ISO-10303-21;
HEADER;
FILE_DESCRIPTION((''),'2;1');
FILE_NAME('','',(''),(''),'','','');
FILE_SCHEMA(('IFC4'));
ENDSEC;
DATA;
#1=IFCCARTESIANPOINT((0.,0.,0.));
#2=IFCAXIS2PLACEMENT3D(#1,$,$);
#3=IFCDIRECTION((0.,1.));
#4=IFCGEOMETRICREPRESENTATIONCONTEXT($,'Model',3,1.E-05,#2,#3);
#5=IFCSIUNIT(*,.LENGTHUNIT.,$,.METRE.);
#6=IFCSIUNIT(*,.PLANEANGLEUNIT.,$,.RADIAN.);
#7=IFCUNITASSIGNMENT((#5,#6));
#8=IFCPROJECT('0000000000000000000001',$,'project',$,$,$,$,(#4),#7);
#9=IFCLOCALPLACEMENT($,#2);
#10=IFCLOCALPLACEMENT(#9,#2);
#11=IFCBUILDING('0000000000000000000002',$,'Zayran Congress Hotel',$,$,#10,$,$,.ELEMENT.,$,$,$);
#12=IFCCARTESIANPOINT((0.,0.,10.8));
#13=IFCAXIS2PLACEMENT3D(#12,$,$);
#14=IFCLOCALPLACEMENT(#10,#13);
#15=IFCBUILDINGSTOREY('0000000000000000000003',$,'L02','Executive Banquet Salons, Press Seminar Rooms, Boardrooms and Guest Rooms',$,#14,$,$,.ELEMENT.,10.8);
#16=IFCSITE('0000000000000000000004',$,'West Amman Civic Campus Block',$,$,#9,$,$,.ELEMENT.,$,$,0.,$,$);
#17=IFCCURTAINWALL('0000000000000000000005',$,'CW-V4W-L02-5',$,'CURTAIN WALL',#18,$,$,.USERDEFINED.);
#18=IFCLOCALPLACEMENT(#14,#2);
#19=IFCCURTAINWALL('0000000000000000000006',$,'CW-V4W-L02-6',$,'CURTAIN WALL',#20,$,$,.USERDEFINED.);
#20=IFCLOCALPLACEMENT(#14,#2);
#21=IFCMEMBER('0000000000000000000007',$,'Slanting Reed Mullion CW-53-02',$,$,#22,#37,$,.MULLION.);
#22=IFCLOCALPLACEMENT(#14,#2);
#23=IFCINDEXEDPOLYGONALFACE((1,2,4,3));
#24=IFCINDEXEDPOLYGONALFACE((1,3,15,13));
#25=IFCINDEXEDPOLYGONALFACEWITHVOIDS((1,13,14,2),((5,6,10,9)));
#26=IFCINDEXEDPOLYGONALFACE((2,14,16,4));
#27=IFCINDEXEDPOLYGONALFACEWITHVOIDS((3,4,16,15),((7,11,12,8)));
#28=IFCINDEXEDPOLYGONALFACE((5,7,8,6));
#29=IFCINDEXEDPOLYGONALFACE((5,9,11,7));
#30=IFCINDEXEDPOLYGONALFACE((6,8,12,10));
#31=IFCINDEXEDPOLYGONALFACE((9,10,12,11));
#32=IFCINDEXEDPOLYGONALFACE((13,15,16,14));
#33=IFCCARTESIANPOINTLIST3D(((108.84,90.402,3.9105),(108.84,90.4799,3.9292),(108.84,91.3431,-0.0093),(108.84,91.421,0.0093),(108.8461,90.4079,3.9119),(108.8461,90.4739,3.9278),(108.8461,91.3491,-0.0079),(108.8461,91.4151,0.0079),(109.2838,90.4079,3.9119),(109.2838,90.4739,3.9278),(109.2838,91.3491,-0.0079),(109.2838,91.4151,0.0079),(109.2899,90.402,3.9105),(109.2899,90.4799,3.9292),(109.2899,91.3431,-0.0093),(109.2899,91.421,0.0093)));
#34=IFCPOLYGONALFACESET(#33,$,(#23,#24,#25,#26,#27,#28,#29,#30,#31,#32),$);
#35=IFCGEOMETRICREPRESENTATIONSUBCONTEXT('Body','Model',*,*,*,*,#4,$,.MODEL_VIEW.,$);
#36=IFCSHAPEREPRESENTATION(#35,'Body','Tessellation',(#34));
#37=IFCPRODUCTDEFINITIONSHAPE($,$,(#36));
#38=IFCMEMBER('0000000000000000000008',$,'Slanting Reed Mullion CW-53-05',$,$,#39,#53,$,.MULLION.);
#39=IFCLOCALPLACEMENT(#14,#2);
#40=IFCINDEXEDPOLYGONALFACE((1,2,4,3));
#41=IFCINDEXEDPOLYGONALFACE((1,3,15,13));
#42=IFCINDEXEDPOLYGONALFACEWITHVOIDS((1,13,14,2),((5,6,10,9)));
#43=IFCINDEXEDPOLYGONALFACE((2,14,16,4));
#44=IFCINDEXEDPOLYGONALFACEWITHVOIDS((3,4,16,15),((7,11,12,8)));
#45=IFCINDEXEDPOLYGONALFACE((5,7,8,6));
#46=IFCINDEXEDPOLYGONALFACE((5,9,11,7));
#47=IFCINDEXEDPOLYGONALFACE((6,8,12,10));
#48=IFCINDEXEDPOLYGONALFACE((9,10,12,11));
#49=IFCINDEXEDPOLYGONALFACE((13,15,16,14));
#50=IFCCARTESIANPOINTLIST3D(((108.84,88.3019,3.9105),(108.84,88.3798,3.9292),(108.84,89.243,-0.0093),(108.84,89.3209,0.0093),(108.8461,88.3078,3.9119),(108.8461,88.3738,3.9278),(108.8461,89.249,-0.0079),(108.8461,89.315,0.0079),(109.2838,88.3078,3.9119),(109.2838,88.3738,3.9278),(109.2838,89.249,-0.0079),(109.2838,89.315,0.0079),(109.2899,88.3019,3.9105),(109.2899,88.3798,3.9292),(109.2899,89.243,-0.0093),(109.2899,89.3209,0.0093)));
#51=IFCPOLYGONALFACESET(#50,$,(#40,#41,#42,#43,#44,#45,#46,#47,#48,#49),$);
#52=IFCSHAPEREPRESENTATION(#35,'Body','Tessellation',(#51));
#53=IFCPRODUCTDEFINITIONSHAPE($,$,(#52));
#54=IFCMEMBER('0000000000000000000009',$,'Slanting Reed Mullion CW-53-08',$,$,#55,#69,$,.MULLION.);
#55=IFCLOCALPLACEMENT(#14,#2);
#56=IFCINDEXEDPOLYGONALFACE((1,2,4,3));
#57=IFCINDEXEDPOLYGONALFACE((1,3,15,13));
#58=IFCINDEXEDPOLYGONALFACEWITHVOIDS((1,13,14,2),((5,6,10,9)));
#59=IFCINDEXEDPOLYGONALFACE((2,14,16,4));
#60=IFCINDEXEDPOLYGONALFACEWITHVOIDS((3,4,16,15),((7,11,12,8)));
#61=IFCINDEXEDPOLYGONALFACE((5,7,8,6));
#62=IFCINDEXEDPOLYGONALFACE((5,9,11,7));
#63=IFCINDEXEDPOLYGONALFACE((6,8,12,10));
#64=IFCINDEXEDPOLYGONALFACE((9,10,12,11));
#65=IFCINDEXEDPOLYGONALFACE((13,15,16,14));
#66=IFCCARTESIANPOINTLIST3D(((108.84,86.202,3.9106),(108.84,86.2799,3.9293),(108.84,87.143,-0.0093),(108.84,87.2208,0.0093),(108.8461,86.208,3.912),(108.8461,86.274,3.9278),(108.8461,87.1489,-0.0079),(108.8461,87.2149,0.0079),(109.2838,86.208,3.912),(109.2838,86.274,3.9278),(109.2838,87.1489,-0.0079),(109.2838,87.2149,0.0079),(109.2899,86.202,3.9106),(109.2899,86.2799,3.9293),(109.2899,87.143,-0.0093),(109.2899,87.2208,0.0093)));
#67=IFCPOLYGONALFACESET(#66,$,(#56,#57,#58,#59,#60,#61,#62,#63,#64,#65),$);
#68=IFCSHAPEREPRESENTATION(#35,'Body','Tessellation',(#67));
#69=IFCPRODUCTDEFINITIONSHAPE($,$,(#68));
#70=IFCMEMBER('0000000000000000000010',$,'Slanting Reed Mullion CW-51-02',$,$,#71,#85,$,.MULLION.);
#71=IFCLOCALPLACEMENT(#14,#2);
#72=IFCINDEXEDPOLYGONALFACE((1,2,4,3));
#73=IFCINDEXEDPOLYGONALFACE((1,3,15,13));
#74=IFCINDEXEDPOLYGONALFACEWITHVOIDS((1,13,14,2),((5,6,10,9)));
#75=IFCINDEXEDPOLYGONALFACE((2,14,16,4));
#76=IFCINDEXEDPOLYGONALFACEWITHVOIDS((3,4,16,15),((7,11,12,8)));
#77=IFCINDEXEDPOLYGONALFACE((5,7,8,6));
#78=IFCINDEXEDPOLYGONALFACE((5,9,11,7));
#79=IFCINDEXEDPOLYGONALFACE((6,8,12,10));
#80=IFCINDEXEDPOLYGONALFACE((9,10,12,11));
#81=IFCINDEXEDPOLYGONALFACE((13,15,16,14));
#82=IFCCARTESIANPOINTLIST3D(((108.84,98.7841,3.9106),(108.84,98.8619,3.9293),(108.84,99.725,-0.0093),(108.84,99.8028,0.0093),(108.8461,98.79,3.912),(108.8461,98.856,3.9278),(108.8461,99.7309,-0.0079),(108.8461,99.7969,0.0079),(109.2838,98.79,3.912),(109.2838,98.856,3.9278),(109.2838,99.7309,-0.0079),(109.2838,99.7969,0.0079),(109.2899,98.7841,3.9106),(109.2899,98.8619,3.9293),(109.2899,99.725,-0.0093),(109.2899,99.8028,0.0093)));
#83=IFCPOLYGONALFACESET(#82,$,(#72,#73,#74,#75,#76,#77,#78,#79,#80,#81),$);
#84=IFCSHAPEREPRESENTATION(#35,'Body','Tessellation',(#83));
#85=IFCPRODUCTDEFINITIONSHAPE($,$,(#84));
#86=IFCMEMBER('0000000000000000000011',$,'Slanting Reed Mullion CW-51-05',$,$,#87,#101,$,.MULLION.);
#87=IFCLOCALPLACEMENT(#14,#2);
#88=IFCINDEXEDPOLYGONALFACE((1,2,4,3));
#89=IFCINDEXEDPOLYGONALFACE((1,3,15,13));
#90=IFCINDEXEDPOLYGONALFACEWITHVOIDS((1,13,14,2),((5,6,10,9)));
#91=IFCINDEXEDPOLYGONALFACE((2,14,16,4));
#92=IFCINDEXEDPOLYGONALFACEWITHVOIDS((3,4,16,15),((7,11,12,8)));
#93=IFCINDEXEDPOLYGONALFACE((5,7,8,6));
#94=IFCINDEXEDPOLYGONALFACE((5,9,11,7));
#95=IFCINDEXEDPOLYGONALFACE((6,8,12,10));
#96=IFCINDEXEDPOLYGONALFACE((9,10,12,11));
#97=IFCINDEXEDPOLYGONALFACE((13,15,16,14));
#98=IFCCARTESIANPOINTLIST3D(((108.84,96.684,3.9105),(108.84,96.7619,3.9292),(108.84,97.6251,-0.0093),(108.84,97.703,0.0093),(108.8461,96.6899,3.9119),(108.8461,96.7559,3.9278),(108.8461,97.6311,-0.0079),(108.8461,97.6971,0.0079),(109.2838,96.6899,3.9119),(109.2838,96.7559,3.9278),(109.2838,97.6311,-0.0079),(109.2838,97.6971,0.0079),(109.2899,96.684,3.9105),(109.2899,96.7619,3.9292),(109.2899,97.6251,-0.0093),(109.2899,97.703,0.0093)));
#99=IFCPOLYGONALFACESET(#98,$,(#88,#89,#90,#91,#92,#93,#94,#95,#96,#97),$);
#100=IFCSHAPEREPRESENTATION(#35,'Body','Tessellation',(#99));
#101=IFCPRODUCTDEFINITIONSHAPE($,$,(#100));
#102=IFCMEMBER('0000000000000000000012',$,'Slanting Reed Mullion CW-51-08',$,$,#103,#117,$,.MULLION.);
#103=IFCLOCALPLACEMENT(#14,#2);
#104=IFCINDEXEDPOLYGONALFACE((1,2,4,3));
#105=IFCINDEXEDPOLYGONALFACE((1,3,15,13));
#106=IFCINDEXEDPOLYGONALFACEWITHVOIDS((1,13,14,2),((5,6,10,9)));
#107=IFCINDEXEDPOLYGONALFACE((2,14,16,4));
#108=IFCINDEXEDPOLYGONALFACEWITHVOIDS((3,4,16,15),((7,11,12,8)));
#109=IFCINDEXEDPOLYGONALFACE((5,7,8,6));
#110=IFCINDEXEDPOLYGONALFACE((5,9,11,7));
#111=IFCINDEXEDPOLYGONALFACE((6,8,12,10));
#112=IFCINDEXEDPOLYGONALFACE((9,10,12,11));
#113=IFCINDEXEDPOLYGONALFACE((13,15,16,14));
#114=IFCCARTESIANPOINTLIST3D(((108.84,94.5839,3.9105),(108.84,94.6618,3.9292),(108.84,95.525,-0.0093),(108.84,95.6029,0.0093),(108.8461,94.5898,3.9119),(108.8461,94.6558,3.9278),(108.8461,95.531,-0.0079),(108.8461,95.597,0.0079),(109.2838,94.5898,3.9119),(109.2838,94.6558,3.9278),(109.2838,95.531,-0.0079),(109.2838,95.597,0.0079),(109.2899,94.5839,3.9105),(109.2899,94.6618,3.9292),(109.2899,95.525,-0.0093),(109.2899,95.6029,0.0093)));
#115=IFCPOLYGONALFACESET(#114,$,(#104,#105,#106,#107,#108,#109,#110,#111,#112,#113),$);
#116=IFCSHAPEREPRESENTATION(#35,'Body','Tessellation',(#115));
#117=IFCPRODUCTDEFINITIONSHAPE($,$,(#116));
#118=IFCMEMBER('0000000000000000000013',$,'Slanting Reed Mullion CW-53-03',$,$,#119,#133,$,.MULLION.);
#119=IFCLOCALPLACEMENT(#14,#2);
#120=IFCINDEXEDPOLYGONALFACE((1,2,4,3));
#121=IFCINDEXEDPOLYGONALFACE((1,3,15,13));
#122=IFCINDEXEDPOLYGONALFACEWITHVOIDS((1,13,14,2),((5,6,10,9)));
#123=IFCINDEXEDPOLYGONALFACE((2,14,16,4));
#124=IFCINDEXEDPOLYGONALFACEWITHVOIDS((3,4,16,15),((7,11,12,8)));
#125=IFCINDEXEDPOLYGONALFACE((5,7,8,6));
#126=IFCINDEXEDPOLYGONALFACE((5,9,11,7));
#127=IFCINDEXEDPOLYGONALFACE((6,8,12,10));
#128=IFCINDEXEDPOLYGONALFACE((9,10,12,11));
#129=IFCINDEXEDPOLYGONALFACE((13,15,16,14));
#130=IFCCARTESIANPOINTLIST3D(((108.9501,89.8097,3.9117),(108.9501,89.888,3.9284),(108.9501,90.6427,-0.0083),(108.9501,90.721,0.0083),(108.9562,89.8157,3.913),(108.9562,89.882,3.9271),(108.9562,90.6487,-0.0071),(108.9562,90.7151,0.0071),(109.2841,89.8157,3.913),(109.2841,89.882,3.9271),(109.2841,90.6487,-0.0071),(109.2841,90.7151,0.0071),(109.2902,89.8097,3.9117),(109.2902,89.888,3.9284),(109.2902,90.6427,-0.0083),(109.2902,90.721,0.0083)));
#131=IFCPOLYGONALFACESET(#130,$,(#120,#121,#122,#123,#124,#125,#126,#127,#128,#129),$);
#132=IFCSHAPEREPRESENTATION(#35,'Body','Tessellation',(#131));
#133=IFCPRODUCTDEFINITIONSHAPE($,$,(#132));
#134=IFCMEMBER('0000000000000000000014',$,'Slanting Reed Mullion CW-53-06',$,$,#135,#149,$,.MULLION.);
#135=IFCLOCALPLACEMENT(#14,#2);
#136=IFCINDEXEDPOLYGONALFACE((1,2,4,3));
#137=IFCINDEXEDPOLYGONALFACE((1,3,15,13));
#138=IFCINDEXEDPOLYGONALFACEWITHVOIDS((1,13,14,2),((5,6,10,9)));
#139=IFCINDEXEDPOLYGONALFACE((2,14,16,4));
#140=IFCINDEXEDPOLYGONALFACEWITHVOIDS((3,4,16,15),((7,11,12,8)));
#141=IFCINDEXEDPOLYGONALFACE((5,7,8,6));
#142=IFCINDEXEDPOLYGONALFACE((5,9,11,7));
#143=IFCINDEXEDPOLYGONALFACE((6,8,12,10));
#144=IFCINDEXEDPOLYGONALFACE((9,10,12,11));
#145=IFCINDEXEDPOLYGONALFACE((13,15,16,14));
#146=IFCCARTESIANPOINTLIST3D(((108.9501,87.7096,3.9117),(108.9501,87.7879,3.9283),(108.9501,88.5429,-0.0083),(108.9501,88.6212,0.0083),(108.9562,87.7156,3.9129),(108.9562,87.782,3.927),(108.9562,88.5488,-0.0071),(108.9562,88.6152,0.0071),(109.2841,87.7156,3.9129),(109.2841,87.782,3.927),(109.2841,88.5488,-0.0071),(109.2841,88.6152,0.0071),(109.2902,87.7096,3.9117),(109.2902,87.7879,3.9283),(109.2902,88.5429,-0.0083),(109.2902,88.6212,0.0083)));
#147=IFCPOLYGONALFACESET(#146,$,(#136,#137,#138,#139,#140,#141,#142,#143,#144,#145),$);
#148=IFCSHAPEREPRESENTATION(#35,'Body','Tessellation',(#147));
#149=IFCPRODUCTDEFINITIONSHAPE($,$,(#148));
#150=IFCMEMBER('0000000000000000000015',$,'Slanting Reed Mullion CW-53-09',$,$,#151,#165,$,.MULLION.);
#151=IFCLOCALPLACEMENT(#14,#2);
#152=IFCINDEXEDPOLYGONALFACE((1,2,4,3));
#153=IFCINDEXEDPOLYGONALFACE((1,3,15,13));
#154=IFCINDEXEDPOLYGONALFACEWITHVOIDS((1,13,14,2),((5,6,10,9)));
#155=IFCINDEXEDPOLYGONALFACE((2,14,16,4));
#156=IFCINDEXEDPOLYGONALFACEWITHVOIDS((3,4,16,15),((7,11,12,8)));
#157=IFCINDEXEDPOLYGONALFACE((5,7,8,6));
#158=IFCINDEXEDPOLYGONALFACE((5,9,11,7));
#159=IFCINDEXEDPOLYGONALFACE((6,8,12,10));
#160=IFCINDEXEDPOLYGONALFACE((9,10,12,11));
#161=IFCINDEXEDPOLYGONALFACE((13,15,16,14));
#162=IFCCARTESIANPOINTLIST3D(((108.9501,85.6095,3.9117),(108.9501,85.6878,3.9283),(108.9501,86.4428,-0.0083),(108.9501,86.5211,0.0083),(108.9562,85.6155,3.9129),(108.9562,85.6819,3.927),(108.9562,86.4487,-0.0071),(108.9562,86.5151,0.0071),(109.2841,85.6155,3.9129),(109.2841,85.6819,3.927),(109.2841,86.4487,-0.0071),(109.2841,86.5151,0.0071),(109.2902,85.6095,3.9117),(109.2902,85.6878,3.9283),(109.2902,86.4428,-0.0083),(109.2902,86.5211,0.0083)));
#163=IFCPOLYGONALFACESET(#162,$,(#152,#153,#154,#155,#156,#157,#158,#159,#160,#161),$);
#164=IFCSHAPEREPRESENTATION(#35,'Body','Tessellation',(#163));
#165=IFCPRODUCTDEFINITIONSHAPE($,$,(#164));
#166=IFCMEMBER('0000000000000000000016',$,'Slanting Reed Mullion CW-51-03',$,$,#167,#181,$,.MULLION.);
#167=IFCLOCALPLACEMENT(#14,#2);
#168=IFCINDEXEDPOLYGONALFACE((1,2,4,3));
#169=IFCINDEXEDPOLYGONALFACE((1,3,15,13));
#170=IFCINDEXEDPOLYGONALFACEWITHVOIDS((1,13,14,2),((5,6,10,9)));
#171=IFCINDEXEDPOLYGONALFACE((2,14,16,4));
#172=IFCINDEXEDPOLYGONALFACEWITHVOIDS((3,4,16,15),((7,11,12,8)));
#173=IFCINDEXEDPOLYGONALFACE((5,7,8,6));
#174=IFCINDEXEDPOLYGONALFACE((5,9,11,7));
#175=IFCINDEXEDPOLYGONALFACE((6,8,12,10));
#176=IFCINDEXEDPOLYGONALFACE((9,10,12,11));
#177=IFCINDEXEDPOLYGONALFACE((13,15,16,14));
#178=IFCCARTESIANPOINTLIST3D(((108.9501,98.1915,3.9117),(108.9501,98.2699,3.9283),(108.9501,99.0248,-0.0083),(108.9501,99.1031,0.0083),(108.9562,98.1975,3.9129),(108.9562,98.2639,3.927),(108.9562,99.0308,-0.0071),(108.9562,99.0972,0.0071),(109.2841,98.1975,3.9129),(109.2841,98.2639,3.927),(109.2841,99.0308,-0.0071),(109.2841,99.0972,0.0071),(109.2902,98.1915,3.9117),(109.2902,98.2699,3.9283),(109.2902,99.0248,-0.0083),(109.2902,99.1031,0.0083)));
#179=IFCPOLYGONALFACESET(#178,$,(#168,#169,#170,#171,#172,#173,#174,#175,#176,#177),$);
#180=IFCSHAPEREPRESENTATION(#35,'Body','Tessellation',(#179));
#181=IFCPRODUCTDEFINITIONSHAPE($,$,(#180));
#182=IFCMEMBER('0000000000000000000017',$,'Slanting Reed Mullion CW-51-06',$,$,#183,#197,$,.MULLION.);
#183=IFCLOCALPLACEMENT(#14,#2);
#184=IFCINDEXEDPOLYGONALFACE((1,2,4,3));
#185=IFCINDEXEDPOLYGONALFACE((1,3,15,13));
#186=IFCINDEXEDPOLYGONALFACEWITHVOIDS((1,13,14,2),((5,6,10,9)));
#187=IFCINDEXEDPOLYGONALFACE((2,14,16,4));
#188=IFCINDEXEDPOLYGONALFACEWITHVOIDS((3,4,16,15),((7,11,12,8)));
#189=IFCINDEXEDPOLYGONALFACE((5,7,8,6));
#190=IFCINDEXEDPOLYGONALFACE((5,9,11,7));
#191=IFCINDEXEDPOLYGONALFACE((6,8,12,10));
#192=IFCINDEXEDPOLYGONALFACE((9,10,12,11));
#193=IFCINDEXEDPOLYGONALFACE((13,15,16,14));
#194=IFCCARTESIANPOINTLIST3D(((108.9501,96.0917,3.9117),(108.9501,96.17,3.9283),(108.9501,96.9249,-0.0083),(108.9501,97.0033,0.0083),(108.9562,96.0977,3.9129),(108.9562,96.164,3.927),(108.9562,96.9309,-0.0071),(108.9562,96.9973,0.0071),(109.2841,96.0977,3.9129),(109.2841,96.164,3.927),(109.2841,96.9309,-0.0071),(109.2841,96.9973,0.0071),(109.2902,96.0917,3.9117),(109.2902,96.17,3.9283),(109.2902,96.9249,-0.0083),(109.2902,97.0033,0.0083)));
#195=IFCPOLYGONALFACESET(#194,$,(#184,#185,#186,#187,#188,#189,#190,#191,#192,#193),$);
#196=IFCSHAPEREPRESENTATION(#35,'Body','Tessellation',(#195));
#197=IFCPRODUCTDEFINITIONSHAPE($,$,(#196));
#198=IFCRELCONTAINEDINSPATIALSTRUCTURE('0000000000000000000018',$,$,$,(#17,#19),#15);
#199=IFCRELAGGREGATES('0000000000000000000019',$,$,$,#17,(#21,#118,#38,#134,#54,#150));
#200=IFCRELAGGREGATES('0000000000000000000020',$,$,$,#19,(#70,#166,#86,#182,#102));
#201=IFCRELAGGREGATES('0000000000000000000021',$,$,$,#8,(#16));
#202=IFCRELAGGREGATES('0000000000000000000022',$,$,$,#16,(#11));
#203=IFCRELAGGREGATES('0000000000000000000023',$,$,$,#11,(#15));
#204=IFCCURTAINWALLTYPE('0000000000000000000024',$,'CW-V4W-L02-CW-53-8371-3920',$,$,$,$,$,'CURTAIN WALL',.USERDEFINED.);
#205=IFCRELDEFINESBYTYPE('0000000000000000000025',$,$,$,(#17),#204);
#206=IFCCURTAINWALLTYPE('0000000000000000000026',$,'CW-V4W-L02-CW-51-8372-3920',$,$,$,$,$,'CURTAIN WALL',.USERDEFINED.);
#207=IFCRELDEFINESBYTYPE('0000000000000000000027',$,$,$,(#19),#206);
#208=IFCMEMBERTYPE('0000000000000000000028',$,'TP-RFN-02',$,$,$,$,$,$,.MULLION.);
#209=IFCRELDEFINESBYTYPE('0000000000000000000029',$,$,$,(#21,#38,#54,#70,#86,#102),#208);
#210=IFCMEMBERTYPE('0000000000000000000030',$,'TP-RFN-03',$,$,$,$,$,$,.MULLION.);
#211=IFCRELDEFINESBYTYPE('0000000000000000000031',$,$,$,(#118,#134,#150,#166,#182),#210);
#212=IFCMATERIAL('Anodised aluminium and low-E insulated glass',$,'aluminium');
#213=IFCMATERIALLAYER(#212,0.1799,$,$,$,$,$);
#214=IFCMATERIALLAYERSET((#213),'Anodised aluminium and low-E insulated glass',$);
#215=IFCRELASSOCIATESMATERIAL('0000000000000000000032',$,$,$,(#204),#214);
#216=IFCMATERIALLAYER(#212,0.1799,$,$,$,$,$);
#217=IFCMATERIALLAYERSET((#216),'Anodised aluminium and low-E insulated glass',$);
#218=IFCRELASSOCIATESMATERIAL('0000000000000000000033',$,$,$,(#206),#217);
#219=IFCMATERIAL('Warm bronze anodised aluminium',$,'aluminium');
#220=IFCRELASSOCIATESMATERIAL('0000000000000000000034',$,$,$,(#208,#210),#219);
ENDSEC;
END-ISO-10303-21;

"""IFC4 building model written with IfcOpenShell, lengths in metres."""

from ifc_helpers import new_model, si_unit, direction, frame, origin, origin_2d, place, context, subcontext, project, spatial, hollow_rectangle, extrude, material, layer, layer_set, material_profile, profile_set, type_object, element, aggregate, save


model = new_model("IFC4")

# Units and contexts
model_context = context("Model", 3, precision=1e-05, world=origin(), true_north=direction((0.0, 1.0)))
body_context = subcontext(model_context, "Body", "Model", "MODEL_VIEW")
ifc_project = project(units=[si_unit("LENGTHUNIT", "METRE"), si_unit("PLANEANGLEUNIT", "RADIAN")], contexts=[model_context])

# Site, building, storey
site_placement = place(None, origin())
site = spatial("IfcSite", under=ifc_project, at=site_placement, Name="West Amman Civic Campus Block", CompositionType="ELEMENT", RefElevation=0.0)
building_placement = place(site_placement, origin())
building = spatial("IfcBuilding", under=site, at=building_placement, Name="Zayran Congress Hotel", CompositionType="ELEMENT")
storey_placement = place(building_placement, frame((0.0, 0.0, 10.8)))
storey = spatial("IfcBuildingStorey", under=building, at=storey_placement, Name="L02", Description="Executive Banquet Salons, Press Seminar Rooms, Boardrooms and Guest Rooms", CompositionType="ELEMENT", Elevation=10.8)

# Curtain walls
ifc_material_1 = material(Name="Anodised aluminium and low-E insulated glass", Category="aluminium")
ifc_layer_1 = layer(ifc_material_1, 0.1799)
ifc_layer_set_1 = layer_set([ifc_layer_1], Name="Anodised aluminium and low-E insulated glass")
curtain_wall_type_1 = type_object("IfcCurtainWallType", Name="CW-V4W-L02-CW-53-8371-3920", ElementType="CURTAIN WALL", PredefinedType="USERDEFINED", material=ifc_layer_set_1)
curtain_wall_1_placement = place(storey_placement, origin())
curtain_wall_1 = element("IfcCurtainWall", 1, at=curtain_wall_1_placement, inside=storey, type_object=curtain_wall_type_1, Name="CW-V4W-L02-5", ObjectType="CURTAIN WALL", PredefinedType="USERDEFINED")
ifc_material_2 = material(Name="Warm bronze anodised aluminium", Category="aluminium")
ifc_layer_2 = layer(ifc_material_1, 0.1799)
ifc_layer_set_2 = layer_set([ifc_layer_2], Name="Anodised aluminium and low-E insulated glass")
curtain_wall_type_2 = type_object("IfcCurtainWallType", Name="CW-V4W-L02-CW-51-8372-3920", ElementType="CURTAIN WALL", PredefinedType="USERDEFINED", material=ifc_layer_set_2)
curtain_wall_2_placement = place(storey_placement, origin())
curtain_wall_2 = element("IfcCurtainWall", 2, at=curtain_wall_2_placement, inside=storey, type_object=curtain_wall_type_2, Name="CW-V4W-L02-6", ObjectType="CURTAIN WALL", PredefinedType="USERDEFINED")

# Members
ifc_material_profile_1 = material_profile(ifc_material_2, hollow_rectangle(XDim=0.0801, YDim=0.45, WallThickness=0.0061, at=origin_2d()), Name="RHS 450x80x6")
ifc_profile_set_1 = profile_set([ifc_material_profile_1], Name="Warm bronze anodised aluminium")
member_type_1 = type_object("IfcMemberType", Name="TP-RFN-02", PredefinedType="MULLION", material=ifc_profile_set_1)
member_1_placement = place(storey_placement, frame((109.0649, 91.3821, 0.0), z_axis=(0.0, -0.233462, 0.972366), x_axis=(0.0, 0.972366, 0.233462)))
member_1 = element("IfcMember", 3, at=member_1_placement, type_object=member_type_1, Name="Slanting Reed Mullion CW-53-02", PredefinedType="MULLION", context=body_context, shape_type="SweptSolid", body=[
    extrude(hollow_rectangle(XDim=0.0801, YDim=0.45, WallThickness=0.0061, at=origin_2d()), origin(), (0.0, 0.0, 1.0), 4.0312),
])
member_2_placement = place(storey_placement, frame((109.0649, 89.282, 0.0), z_axis=(0.0, -0.233462, 0.972366), x_axis=(0.0, 0.972366, 0.233462)))
member_2 = element("IfcMember", 4, at=member_2_placement, type_object=member_type_1, Name="Slanting Reed Mullion CW-53-05", PredefinedType="MULLION", context=body_context, shape_type="SweptSolid", body=[
    extrude(hollow_rectangle(XDim=0.0801, YDim=0.45, WallThickness=0.0061, at=origin_2d()), origin(), (0.0, 0.0, 1.0), 4.0312),
])
member_3_placement = place(storey_placement, frame((109.0649, 87.1819, 0.0), z_axis=(0.0, -0.233405, 0.97238), x_axis=(0.0, 0.97238, 0.233405)))
member_3 = element("IfcMember", 5, at=member_3_placement, type_object=member_type_1, Name="Slanting Reed Mullion CW-53-08", PredefinedType="MULLION", context=body_context, shape_type="SweptSolid", body=[
    extrude(hollow_rectangle(XDim=0.0801, YDim=0.45, WallThickness=0.0061, at=origin_2d()), origin(), (0.0, 0.0, 1.0), 4.0312),
])
member_4_placement = place(storey_placement, frame((109.0649, 99.7639, 0.0), z_axis=(0.0, -0.233405, 0.97238), x_axis=(0.0, 0.97238, 0.233405)))
member_4 = element("IfcMember", 6, at=member_4_placement, type_object=member_type_1, Name="Slanting Reed Mullion CW-51-02", PredefinedType="MULLION", context=body_context, shape_type="SweptSolid", body=[
    extrude(hollow_rectangle(XDim=0.0801, YDim=0.45, WallThickness=0.0061, at=origin_2d()), origin(), (0.0, 0.0, 1.0), 4.0312),
])
member_5_placement = place(storey_placement, frame((109.0649, 97.6641, 0.0), z_axis=(0.0, -0.233462, 0.972366), x_axis=(0.0, 0.972366, 0.233462)))
member_5 = element("IfcMember", 7, at=member_5_placement, type_object=member_type_1, Name="Slanting Reed Mullion CW-51-05", PredefinedType="MULLION", context=body_context, shape_type="SweptSolid", body=[
    extrude(hollow_rectangle(XDim=0.0801, YDim=0.45, WallThickness=0.0061, at=origin_2d()), origin(), (0.0, 0.0, 1.0), 4.0312),
])
member_6_placement = place(storey_placement, frame((109.0649, 95.564, 0.0), z_axis=(0.0, -0.233462, 0.972366), x_axis=(0.0, 0.972366, 0.233462)))
member_6 = element("IfcMember", 8, at=member_6_placement, type_object=member_type_1, Name="Slanting Reed Mullion CW-51-08", PredefinedType="MULLION", context=body_context, shape_type="SweptSolid", body=[
    extrude(hollow_rectangle(XDim=0.0801, YDim=0.45, WallThickness=0.0061, at=origin_2d()), origin(), (0.0, 0.0, 1.0), 4.0312),
])
ifc_material_profile_2 = material_profile(ifc_material_2, hollow_rectangle(XDim=0.0801, YDim=0.3401, WallThickness=0.0061, at=origin_2d()), Name="RHS 340x80x6")
ifc_profile_set_2 = profile_set([ifc_material_profile_2], Name="Warm bronze anodised aluminium")
member_type_2 = type_object("IfcMemberType", Name="TP-RFN-03", PredefinedType="MULLION", material=ifc_profile_set_2)
member_7_placement = place(storey_placement, frame((109.1201, 90.6819, 0.0), z_axis=(0.0, -0.207865, 0.978158), x_axis=(0.0, 0.978158, 0.207865)))
member_7 = element("IfcMember", 9, at=member_7_placement, type_object=member_type_2, Name="Slanting Reed Mullion CW-53-03", PredefinedType="MULLION", context=body_context, shape_type="SweptSolid", body=[
    extrude(hollow_rectangle(XDim=0.0801, YDim=0.3401, WallThickness=0.0061, at=origin_2d()), origin(), (0.0, 0.0, 1.0), 4.0076),
])
member_8_placement = place(storey_placement, frame((109.1201, 88.582, 0.0), z_axis=(0.0, -0.207923, 0.978145), x_axis=(0.0, 0.978145, 0.207923)))
member_8 = element("IfcMember", 10, at=member_8_placement, type_object=member_type_2, Name="Slanting Reed Mullion CW-53-06", PredefinedType="MULLION", context=body_context, shape_type="SweptSolid", body=[
    extrude(hollow_rectangle(XDim=0.0801, YDim=0.3401, WallThickness=0.0061, at=origin_2d()), origin(), (0.0, 0.0, 1.0), 4.0076),
])
member_9_placement = place(storey_placement, frame((109.1201, 86.4819, 0.0), z_axis=(0.0, -0.207923, 0.978145), x_axis=(0.0, 0.978145, 0.207923)))
member_9 = element("IfcMember", 11, at=member_9_placement, type_object=member_type_2, Name="Slanting Reed Mullion CW-53-09", PredefinedType="MULLION", context=body_context, shape_type="SweptSolid", body=[
    extrude(hollow_rectangle(XDim=0.0801, YDim=0.3401, WallThickness=0.0061, at=origin_2d()), origin(), (0.0, 0.0, 1.0), 4.0076),
])
aggregate(curtain_wall_1, [member_1, member_7, member_2, member_8, member_3, member_9])
member_10_placement = place(storey_placement, frame((109.1201, 99.064, 0.0), z_axis=(0.0, -0.207923, 0.978145), x_axis=(0.0, 0.978145, 0.207923)))
member_10 = element("IfcMember", 12, at=member_10_placement, type_object=member_type_2, Name="Slanting Reed Mullion CW-51-03", PredefinedType="MULLION", context=body_context, shape_type="SweptSolid", body=[
    extrude(hollow_rectangle(XDim=0.0801, YDim=0.3401, WallThickness=0.0061, at=origin_2d()), origin(), (0.0, 0.0, 1.0), 4.0076),
])
member_11_placement = place(storey_placement, frame((109.1201, 96.9641, 0.0), z_axis=(0.0, -0.207923, 0.978145), x_axis=(0.0, 0.978145, 0.207923)))
member_11 = element("IfcMember", 13, at=member_11_placement, type_object=member_type_2, Name="Slanting Reed Mullion CW-51-06", PredefinedType="MULLION", context=body_context, shape_type="SweptSolid", body=[
    extrude(hollow_rectangle(XDim=0.0801, YDim=0.3401, WallThickness=0.0061, at=origin_2d()), origin(), (0.0, 0.0, 1.0), 4.0076),
])
aggregate(curtain_wall_2, [member_4, member_10, member_5, member_11, member_6])

save(model, "model.ifc")
